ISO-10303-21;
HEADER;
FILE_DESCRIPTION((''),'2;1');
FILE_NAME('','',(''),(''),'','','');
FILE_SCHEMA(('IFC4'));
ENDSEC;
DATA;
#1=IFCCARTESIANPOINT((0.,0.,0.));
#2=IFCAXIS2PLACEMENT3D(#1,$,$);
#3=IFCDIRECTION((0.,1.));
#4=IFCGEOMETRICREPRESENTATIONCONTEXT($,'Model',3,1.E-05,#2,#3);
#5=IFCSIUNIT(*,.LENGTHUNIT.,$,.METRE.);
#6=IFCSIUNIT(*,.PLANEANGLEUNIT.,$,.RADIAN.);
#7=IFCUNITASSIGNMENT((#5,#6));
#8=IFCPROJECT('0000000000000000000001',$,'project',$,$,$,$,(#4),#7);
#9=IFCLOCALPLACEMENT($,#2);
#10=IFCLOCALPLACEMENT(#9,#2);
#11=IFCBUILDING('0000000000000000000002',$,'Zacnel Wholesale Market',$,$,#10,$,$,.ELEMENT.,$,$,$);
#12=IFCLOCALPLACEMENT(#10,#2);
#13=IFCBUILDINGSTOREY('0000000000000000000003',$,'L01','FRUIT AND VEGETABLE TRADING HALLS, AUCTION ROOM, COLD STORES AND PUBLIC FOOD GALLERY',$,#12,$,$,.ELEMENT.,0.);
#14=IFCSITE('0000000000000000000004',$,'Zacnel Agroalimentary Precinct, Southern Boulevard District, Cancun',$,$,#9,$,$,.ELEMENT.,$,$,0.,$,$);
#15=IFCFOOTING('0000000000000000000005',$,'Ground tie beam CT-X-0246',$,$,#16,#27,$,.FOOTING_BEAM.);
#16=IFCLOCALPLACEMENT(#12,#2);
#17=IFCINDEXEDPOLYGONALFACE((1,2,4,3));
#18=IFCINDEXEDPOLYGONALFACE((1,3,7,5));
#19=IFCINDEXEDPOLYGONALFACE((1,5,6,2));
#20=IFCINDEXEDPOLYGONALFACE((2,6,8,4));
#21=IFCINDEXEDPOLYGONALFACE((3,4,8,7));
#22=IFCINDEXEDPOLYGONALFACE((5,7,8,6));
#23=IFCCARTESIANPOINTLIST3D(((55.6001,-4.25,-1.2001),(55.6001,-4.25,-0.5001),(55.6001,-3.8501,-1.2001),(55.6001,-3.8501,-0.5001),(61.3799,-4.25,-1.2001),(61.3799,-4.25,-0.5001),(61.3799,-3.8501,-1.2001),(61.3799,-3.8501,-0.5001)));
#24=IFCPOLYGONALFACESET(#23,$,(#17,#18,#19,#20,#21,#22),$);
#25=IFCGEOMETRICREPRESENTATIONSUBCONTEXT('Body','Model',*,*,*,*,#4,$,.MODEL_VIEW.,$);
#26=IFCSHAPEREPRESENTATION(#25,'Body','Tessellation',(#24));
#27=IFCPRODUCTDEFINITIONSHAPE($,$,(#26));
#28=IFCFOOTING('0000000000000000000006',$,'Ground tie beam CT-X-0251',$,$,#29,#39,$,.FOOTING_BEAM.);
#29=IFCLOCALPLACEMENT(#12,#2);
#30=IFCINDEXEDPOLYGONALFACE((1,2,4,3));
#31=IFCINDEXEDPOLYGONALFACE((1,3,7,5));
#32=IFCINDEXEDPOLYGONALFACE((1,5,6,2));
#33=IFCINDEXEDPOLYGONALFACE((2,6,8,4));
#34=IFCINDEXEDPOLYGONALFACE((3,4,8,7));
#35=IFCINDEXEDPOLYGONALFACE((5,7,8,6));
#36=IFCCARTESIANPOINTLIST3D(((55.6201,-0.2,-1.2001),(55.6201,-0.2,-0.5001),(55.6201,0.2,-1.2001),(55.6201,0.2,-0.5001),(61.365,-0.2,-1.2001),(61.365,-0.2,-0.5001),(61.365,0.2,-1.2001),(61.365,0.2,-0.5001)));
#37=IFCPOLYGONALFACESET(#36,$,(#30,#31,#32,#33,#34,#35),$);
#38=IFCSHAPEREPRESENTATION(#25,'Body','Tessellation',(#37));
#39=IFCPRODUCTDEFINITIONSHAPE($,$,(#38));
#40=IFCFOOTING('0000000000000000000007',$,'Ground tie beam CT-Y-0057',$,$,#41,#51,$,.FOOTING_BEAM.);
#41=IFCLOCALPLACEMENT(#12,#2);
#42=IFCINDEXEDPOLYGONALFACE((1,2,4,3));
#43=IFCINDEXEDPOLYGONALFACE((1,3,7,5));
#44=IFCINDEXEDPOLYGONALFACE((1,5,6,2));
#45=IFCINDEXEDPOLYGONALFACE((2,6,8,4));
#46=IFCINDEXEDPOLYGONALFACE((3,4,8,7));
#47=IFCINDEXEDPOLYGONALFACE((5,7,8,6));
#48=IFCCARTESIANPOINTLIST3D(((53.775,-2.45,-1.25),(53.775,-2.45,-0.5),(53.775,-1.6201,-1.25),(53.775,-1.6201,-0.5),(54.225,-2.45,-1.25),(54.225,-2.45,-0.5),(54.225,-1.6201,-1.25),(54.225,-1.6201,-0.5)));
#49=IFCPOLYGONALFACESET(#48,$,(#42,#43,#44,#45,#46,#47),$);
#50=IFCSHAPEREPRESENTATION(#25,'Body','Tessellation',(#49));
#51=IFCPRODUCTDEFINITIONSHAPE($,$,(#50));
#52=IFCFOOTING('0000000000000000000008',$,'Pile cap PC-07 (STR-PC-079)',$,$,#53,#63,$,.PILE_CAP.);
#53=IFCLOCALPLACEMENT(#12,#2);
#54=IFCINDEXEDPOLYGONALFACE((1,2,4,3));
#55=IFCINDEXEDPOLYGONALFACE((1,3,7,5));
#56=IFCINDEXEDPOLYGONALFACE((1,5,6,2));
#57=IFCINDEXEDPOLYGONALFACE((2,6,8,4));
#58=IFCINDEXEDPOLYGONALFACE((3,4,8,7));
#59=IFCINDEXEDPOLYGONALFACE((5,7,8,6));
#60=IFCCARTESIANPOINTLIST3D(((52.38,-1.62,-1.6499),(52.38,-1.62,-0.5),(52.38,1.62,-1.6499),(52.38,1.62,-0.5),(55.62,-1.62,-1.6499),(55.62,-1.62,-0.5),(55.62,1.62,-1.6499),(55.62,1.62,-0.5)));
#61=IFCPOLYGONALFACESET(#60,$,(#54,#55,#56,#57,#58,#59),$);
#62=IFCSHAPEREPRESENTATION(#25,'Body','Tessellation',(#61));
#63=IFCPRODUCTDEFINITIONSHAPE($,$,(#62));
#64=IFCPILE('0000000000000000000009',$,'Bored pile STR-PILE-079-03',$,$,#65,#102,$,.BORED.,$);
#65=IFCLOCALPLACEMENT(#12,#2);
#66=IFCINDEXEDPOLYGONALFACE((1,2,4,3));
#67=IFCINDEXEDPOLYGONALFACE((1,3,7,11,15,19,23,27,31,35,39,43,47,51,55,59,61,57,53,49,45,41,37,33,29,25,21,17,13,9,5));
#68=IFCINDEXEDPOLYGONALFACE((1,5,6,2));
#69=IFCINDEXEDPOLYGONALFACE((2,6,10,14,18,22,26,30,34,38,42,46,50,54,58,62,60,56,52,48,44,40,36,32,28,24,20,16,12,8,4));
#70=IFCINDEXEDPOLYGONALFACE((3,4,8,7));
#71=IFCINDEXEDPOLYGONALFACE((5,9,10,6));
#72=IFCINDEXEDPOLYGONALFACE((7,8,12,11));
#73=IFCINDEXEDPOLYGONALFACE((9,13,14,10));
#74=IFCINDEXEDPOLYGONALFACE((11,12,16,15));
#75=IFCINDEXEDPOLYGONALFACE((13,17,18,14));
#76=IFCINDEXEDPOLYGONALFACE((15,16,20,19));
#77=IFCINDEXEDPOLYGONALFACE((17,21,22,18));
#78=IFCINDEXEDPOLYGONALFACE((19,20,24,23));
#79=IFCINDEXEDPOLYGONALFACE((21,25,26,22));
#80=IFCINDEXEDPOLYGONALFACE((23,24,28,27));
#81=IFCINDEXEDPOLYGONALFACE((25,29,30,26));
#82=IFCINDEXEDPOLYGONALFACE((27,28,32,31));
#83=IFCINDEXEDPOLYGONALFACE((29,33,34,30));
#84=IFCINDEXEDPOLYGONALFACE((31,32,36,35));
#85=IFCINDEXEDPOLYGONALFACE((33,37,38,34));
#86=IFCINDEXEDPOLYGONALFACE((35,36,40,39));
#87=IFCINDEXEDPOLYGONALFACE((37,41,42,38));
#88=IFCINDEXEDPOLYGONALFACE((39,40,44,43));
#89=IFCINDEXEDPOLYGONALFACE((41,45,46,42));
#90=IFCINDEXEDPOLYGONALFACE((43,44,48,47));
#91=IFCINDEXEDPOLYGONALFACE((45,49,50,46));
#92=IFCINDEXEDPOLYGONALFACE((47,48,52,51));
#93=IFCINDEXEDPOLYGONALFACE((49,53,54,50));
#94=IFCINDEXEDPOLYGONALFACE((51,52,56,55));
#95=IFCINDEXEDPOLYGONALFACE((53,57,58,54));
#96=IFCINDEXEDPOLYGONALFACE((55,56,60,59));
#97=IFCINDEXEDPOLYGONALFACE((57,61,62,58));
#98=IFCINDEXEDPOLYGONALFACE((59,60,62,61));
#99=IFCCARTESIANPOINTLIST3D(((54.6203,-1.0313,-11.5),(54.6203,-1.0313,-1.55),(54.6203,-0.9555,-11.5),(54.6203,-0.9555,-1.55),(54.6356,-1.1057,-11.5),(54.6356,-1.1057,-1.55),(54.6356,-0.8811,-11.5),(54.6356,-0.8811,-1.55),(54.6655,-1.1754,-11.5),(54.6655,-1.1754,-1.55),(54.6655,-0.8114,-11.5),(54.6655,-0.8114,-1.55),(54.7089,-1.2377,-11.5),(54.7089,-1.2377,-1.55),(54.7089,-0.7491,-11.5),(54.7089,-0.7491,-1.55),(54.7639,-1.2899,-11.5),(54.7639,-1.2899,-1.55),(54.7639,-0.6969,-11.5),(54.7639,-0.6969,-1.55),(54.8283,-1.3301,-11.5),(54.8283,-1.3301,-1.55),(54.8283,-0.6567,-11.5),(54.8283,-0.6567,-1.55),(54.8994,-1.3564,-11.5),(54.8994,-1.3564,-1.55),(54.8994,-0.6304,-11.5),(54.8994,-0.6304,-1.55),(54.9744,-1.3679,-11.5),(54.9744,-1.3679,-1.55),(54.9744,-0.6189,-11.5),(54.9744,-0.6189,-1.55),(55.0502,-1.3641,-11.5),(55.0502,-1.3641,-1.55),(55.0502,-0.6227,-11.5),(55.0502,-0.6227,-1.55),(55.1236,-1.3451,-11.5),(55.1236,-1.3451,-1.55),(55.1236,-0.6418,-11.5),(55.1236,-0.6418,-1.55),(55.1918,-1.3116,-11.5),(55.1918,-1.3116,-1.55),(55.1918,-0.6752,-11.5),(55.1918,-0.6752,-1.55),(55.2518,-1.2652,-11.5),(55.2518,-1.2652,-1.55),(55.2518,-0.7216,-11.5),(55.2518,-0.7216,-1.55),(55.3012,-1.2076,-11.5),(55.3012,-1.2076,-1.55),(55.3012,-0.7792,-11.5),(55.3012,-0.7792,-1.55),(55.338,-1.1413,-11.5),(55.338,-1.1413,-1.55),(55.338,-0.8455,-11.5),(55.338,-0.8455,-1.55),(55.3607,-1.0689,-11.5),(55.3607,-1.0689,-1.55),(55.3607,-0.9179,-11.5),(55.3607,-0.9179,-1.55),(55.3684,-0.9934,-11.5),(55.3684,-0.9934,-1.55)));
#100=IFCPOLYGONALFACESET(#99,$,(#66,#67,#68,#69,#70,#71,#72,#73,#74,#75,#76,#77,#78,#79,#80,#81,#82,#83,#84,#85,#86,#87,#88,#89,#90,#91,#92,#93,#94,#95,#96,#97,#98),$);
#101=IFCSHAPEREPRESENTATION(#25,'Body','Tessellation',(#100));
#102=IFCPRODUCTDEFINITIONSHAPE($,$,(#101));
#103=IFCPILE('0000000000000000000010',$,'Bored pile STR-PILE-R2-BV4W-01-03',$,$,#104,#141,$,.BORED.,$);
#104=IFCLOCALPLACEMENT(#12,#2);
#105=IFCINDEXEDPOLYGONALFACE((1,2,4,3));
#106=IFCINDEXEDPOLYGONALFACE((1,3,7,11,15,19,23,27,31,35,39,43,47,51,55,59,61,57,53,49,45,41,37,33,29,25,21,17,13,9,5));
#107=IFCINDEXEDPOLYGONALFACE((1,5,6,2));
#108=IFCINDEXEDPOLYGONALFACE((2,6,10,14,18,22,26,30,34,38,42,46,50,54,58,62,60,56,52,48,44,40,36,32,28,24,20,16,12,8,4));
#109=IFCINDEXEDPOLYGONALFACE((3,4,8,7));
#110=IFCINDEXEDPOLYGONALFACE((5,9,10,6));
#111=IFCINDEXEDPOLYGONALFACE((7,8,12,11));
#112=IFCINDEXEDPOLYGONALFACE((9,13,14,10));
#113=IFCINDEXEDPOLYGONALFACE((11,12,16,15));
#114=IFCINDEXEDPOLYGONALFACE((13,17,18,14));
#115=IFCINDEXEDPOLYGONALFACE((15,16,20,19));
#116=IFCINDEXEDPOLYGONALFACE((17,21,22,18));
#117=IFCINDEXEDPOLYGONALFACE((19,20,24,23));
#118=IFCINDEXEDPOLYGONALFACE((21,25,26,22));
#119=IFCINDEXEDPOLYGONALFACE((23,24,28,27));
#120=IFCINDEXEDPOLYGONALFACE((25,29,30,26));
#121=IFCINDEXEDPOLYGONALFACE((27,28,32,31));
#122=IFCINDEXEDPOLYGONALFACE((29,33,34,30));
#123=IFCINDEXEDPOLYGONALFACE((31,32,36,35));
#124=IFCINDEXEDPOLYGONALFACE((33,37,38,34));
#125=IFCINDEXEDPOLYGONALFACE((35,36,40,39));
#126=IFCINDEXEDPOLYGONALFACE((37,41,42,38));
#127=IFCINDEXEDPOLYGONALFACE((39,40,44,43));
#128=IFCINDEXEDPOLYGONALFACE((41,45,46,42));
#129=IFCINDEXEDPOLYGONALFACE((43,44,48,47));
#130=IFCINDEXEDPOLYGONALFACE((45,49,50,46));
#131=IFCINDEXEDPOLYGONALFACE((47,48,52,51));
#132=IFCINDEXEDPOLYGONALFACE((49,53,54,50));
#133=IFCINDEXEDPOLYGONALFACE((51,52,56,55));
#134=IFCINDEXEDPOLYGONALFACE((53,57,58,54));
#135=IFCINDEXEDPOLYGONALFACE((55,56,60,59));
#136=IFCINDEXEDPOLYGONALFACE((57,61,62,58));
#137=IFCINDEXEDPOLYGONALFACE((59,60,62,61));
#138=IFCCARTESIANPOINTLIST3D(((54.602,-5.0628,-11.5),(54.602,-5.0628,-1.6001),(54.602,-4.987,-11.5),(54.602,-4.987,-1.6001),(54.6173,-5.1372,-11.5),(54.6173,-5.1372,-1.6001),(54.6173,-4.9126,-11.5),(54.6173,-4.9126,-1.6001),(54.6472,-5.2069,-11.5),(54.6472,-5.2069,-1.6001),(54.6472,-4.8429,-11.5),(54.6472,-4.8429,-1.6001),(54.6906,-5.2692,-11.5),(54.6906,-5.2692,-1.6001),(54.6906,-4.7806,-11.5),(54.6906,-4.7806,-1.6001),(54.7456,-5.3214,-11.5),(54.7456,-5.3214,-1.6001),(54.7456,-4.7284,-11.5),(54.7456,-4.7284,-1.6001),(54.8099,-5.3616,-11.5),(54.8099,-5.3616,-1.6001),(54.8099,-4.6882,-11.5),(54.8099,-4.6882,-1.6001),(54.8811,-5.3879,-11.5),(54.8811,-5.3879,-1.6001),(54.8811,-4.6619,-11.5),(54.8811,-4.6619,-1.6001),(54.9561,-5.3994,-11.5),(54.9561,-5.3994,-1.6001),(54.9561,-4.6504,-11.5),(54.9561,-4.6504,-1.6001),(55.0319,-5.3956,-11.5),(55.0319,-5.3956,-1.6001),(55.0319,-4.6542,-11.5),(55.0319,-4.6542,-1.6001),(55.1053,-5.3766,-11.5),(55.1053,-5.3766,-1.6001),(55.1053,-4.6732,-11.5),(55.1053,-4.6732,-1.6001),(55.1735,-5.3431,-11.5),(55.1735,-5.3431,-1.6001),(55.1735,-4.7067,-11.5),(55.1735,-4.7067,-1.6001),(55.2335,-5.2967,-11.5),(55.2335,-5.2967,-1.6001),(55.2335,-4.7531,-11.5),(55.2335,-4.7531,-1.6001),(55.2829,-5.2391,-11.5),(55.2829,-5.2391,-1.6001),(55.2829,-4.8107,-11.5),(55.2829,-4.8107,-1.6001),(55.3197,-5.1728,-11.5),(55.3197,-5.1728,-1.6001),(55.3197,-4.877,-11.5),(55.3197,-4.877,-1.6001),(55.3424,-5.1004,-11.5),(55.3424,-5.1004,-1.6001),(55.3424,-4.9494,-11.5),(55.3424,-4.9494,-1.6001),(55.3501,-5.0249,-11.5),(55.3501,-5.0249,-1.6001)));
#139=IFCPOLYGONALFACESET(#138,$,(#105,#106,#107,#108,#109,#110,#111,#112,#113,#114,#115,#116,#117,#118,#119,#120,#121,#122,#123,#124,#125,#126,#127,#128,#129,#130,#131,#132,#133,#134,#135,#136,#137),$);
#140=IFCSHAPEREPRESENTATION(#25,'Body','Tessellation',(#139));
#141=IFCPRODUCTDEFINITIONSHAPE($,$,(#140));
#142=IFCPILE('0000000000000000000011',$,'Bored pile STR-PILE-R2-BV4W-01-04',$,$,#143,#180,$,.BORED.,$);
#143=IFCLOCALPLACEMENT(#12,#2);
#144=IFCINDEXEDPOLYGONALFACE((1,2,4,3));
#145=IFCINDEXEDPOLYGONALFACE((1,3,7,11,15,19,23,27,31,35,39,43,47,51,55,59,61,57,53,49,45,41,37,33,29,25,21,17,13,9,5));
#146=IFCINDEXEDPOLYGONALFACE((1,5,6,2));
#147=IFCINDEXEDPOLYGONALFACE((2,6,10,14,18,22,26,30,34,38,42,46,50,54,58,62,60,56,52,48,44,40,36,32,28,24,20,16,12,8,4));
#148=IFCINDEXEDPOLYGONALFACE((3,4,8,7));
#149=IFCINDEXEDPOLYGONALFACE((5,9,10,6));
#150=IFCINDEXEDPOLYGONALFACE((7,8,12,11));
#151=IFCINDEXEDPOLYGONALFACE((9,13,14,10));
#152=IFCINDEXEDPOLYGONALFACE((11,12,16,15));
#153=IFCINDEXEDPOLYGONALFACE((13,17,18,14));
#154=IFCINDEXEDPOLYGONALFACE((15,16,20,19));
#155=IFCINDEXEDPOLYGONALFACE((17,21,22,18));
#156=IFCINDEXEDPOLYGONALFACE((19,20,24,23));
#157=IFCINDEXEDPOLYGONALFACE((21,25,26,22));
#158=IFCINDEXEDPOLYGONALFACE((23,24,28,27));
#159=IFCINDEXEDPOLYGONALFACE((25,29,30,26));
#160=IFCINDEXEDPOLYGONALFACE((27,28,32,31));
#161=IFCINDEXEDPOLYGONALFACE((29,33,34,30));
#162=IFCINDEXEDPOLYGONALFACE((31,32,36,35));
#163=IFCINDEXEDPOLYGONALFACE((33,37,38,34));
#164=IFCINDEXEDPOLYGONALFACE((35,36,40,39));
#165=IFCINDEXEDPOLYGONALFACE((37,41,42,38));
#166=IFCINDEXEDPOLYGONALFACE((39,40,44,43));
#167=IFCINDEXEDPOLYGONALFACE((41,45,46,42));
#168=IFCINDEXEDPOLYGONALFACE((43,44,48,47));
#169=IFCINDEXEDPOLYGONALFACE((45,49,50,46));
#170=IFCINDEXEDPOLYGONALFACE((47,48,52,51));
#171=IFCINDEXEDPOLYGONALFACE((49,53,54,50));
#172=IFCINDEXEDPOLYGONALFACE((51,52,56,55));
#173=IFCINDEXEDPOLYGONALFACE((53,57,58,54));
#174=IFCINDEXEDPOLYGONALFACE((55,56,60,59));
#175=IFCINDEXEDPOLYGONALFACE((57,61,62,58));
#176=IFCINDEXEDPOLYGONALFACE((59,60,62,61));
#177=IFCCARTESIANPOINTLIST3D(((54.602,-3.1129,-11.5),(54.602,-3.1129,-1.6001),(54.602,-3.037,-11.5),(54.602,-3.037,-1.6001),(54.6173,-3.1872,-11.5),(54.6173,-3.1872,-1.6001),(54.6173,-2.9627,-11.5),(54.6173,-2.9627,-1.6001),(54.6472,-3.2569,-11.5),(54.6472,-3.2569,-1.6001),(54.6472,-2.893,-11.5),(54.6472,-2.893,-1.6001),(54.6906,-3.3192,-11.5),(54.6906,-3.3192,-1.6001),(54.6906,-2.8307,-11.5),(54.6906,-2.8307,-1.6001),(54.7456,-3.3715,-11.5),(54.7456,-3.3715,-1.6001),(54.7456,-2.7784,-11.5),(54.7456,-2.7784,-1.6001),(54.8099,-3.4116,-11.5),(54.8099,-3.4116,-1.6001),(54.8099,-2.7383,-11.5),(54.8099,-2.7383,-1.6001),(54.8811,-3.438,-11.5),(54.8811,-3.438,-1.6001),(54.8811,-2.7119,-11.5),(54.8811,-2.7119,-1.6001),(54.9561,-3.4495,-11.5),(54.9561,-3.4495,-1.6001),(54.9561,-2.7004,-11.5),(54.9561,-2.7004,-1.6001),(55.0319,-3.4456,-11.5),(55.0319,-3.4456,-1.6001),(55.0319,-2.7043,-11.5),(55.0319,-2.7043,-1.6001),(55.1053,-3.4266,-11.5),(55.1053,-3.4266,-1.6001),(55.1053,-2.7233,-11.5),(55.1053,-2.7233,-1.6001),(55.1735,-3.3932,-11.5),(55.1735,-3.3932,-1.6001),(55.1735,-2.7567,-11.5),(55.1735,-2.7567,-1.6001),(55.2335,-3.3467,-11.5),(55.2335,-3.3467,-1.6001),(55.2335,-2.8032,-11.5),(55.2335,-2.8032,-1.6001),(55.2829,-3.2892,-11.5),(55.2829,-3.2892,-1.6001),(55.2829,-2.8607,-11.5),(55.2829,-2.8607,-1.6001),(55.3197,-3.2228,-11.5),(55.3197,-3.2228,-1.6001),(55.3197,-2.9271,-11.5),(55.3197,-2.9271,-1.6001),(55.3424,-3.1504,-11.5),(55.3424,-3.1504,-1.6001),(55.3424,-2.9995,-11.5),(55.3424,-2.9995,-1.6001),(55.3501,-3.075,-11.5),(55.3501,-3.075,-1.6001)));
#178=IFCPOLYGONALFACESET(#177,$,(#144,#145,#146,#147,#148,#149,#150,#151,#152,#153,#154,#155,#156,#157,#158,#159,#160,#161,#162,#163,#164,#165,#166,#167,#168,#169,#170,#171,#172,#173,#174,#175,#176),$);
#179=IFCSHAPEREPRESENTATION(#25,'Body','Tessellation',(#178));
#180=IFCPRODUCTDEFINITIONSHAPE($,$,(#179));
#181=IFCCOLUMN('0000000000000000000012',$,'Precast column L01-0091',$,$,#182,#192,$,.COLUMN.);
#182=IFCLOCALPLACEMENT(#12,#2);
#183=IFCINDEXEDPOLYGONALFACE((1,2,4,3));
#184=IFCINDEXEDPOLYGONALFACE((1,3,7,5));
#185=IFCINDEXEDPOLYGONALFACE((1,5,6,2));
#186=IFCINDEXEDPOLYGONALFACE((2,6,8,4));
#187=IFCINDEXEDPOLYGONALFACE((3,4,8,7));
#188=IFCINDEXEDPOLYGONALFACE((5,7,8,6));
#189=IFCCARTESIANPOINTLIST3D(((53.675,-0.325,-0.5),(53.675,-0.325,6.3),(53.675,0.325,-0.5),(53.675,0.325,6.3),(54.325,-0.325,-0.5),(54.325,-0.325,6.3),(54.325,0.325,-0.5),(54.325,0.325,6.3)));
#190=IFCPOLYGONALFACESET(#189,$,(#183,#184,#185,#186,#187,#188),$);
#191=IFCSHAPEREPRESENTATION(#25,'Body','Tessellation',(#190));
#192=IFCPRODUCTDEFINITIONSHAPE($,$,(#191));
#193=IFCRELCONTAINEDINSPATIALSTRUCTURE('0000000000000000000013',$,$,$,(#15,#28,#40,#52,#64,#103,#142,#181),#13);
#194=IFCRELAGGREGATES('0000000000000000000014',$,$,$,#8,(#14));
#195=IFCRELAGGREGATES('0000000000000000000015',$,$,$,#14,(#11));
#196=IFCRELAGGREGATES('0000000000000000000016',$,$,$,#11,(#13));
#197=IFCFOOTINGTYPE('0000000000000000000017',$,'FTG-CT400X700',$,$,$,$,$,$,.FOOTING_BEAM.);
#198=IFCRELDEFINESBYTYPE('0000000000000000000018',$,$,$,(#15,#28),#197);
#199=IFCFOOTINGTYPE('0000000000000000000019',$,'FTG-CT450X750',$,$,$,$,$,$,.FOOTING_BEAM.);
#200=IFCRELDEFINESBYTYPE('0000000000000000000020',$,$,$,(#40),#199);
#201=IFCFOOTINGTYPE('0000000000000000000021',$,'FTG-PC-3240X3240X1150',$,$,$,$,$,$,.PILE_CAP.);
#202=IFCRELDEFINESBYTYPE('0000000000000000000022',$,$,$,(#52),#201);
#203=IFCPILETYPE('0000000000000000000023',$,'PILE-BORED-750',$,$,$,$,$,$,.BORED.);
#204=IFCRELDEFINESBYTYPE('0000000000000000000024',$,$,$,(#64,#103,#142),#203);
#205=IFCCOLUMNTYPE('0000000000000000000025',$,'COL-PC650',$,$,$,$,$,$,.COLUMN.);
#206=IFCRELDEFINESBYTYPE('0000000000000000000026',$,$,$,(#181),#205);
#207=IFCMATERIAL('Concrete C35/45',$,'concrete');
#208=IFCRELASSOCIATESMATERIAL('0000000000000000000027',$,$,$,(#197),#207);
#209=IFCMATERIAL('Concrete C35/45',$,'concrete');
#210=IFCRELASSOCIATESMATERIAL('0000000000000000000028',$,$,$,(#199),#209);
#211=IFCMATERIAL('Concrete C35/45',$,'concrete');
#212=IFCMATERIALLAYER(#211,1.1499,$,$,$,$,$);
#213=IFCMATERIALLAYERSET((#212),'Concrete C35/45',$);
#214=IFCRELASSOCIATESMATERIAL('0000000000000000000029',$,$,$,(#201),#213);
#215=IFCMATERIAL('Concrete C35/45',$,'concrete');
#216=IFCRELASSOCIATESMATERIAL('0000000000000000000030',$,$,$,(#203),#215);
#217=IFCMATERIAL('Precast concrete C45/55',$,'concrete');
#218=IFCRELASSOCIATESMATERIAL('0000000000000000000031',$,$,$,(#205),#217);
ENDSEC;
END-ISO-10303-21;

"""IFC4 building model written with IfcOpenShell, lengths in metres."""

from ifc_helpers import new_model, si_unit, direction, frame, origin, origin_2d, place, context, subcontext, project, spatial, rectangle, circle, extrude, material, layer, layer_set, material_profile, profile_set, type_object, element, save


model = new_model("IFC4")

# Units and contexts
model_context = context("Model", 3, precision=1e-05, world=origin(), true_north=direction((0.0, 1.0)))
body_context = subcontext(model_context, "Body", "Model", "MODEL_VIEW")
ifc_project = project(units=[si_unit("LENGTHUNIT", "METRE"), si_unit("PLANEANGLEUNIT", "RADIAN")], contexts=[model_context])

# Site, building, storey
site_placement = place(None, origin())
site = spatial("IfcSite", under=ifc_project, at=site_placement, Name="Zacnel Agroalimentary Precinct, Southern Boulevard District, Cancun", CompositionType="ELEMENT", RefElevation=0.0)
building_placement = place(site_placement, origin())
building = spatial("IfcBuilding", under=site, at=building_placement, Name="Zacnel Wholesale Market", CompositionType="ELEMENT")
storey_placement = place(building_placement, origin())
storey = spatial("IfcBuildingStorey", under=building, at=storey_placement, Name="L01", Description="FRUIT AND VEGETABLE TRADING HALLS, AUCTION ROOM, COLD STORES AND PUBLIC FOOD GALLERY", CompositionType="ELEMENT", Elevation=0.0)

# Footings
ifc_material_1 = material(Name="Concrete C35/45", Category="concrete")
ifc_material_profile_1 = material_profile(ifc_material_1, rectangle(XDim=0.3999, YDim=0.7, at=origin_2d()), Name="CT 400x700")
ifc_profile_set_1 = profile_set([ifc_material_profile_1], Name="Concrete C35/45")
footing_type_1 = type_object("IfcFootingType", Name="FTG-CT400X700", PredefinedType="FOOTING_BEAM", material=ifc_profile_set_1)
footing_1_placement = place(storey_placement, frame((55.6001, -4.05, -0.8501), z_axis=(1.0, 0.0, 0.0), x_axis=(0.0, 1.0, 0.0)))
element("IfcFooting", 1, at=footing_1_placement, inside=storey, type_object=footing_type_1, Name="Ground tie beam CT-X-0246", PredefinedType="FOOTING_BEAM", context=body_context, shape_type="SweptSolid", body=[
    extrude(rectangle(XDim=0.3999, YDim=0.7, at=origin_2d()), origin(), (0.0, 0.0, 1.0), 5.7798),
])
footing_2_placement = place(storey_placement, frame((55.6201, 0.0, -0.8501), z_axis=(1.0, 0.0, 0.0), x_axis=(0.0, 1.0, 0.0)))
element("IfcFooting", 2, at=footing_2_placement, inside=storey, type_object=footing_type_1, Name="Ground tie beam CT-X-0251", PredefinedType="FOOTING_BEAM", context=body_context, shape_type="SweptSolid", body=[
    extrude(rectangle(XDim=0.3999, YDim=0.7, at=origin_2d()), origin(), (0.0, 0.0, 1.0), 5.7449),
])
ifc_material_2 = material(Name="Concrete C35/45", Category="concrete")
ifc_material_profile_2 = material_profile(ifc_material_2, rectangle(XDim=0.45, YDim=0.75, at=origin_2d()), Name="CT 450x750")
ifc_profile_set_2 = profile_set([ifc_material_profile_2], Name="Concrete C35/45")
footing_type_2 = type_object("IfcFootingType", Name="FTG-CT450X750", PredefinedType="FOOTING_BEAM", material=ifc_profile_set_2)
footing_3_placement = place(storey_placement, frame((54.0, -2.45, -0.875), z_axis=(0.0, 1.0, 0.0), x_axis=(-1.0, 0.0, 0.0)))
element("IfcFooting", 3, at=footing_3_placement, inside=storey, type_object=footing_type_2, Name="Ground tie beam CT-Y-0057", PredefinedType="FOOTING_BEAM", context=body_context, shape_type="SweptSolid", body=[
    extrude(rectangle(XDim=0.45, YDim=0.75, at=origin_2d()), origin(), (0.0, 0.0, 1.0), 0.8298),
])
ifc_material_3 = material(Name="Concrete C35/45", Category="concrete")
ifc_layer_1 = layer(ifc_material_3, 1.1499)
ifc_layer_set_1 = layer_set([ifc_layer_1], Name="Concrete C35/45")
footing_type_3 = type_object("IfcFootingType", Name="FTG-PC-3240X3240X1150", PredefinedType="PILE_CAP", material=ifc_layer_set_1)
footing_4_placement = place(storey_placement, frame((54.0, 0.0, -1.6499), z_axis=(0.0, 0.0, 1.0), x_axis=(1.0, 0.0, 0.0)))
element("IfcFooting", 4, at=footing_4_placement, inside=storey, type_object=footing_type_3, Name="Pile cap PC-07 (STR-PC-079)", PredefinedType="PILE_CAP", context=body_context, shape_type="SweptSolid", body=[
    extrude(rectangle(XDim=3.24, YDim=3.24, at=origin_2d()), origin(), (0.0, 0.0, 1.0), 1.1499),
])

# Piles
ifc_material_4 = material(Name="Concrete C35/45", Category="concrete")
ifc_material_profile_3 = material_profile(ifc_material_4, circle(Radius=0.375, at=origin_2d()), Name="BORED PILE D750")
ifc_profile_set_3 = profile_set([ifc_material_profile_3], Name="Concrete C35/45")
pile_type = type_object("IfcPileType", Name="PILE-BORED-750", PredefinedType="BORED", material=ifc_profile_set_3)
pile_placement = place(storey_placement, frame((54.9934, -0.9934, -1.55), z_axis=(0.0, 0.0, -1.0), x_axis=(1.0, 0.0, 0.0)))
element("IfcPile", 5, at=pile_placement, inside=storey, type_object=pile_type, Name="Bored pile STR-PILE-079-03", PredefinedType="BORED", context=body_context, shape_type="SweptSolid", body=[
    extrude(circle(Radius=0.375, at=origin_2d()), origin(), (0.0, 0.0, 1.0), 9.95),
])
for number, where, z_axis, x_axis, name in (
    (6, (54.9751, -5.0249, -1.6001), (0.0, 0.0, -1.0), (1.0, 0.0, 0.0), "Bored pile STR-PILE-R2-BV4W-01-03"),
    (7, (54.9751, -3.075, -1.6001), (0.0, 0.0, -1.0), (1.0, 0.0, 0.0), "Bored pile STR-PILE-R2-BV4W-01-04"),
):
    element("IfcPile", number, at=place(storey_placement, frame(where, z_axis=z_axis, x_axis=x_axis)), inside=storey, type_object=pile_type, Name=name, PredefinedType="BORED", context=body_context, shape_type="SweptSolid", body=[
        extrude(circle(Radius=0.375, at=origin_2d()), origin(), (0.0, 0.0, 1.0), 9.8999),
    ])

# Column
ifc_material_5 = material(Name="Precast concrete C45/55", Category="concrete")
ifc_material_profile_4 = material_profile(ifc_material_5, rectangle(XDim=0.6499, YDim=0.6499, at=origin_2d()), Name="PC 650x650")
ifc_profile_set_4 = profile_set([ifc_material_profile_4], Name="Precast concrete C45/55")
column_type_1 = type_object("IfcColumnType", Name="COL-PC650", PredefinedType="COLUMN", material=ifc_profile_set_4)
column_1_placement = place(storey_placement, frame((54.0, 0.0, -0.5), z_axis=(0.0, 0.0, 1.0), x_axis=(1.0, 0.0, 0.0)))
element("IfcColumn", 8, at=column_1_placement, inside=storey, type_object=column_type_1, Name="Precast column L01-0091", PredefinedType="COLUMN", context=body_context, shape_type="SweptSolid", body=[
    extrude(rectangle(XDim=0.6499, YDim=0.6499, at=origin_2d()), origin(), (0.0, 0.0, 1.0), 6.8),
])

save(model, "model.ifc")
